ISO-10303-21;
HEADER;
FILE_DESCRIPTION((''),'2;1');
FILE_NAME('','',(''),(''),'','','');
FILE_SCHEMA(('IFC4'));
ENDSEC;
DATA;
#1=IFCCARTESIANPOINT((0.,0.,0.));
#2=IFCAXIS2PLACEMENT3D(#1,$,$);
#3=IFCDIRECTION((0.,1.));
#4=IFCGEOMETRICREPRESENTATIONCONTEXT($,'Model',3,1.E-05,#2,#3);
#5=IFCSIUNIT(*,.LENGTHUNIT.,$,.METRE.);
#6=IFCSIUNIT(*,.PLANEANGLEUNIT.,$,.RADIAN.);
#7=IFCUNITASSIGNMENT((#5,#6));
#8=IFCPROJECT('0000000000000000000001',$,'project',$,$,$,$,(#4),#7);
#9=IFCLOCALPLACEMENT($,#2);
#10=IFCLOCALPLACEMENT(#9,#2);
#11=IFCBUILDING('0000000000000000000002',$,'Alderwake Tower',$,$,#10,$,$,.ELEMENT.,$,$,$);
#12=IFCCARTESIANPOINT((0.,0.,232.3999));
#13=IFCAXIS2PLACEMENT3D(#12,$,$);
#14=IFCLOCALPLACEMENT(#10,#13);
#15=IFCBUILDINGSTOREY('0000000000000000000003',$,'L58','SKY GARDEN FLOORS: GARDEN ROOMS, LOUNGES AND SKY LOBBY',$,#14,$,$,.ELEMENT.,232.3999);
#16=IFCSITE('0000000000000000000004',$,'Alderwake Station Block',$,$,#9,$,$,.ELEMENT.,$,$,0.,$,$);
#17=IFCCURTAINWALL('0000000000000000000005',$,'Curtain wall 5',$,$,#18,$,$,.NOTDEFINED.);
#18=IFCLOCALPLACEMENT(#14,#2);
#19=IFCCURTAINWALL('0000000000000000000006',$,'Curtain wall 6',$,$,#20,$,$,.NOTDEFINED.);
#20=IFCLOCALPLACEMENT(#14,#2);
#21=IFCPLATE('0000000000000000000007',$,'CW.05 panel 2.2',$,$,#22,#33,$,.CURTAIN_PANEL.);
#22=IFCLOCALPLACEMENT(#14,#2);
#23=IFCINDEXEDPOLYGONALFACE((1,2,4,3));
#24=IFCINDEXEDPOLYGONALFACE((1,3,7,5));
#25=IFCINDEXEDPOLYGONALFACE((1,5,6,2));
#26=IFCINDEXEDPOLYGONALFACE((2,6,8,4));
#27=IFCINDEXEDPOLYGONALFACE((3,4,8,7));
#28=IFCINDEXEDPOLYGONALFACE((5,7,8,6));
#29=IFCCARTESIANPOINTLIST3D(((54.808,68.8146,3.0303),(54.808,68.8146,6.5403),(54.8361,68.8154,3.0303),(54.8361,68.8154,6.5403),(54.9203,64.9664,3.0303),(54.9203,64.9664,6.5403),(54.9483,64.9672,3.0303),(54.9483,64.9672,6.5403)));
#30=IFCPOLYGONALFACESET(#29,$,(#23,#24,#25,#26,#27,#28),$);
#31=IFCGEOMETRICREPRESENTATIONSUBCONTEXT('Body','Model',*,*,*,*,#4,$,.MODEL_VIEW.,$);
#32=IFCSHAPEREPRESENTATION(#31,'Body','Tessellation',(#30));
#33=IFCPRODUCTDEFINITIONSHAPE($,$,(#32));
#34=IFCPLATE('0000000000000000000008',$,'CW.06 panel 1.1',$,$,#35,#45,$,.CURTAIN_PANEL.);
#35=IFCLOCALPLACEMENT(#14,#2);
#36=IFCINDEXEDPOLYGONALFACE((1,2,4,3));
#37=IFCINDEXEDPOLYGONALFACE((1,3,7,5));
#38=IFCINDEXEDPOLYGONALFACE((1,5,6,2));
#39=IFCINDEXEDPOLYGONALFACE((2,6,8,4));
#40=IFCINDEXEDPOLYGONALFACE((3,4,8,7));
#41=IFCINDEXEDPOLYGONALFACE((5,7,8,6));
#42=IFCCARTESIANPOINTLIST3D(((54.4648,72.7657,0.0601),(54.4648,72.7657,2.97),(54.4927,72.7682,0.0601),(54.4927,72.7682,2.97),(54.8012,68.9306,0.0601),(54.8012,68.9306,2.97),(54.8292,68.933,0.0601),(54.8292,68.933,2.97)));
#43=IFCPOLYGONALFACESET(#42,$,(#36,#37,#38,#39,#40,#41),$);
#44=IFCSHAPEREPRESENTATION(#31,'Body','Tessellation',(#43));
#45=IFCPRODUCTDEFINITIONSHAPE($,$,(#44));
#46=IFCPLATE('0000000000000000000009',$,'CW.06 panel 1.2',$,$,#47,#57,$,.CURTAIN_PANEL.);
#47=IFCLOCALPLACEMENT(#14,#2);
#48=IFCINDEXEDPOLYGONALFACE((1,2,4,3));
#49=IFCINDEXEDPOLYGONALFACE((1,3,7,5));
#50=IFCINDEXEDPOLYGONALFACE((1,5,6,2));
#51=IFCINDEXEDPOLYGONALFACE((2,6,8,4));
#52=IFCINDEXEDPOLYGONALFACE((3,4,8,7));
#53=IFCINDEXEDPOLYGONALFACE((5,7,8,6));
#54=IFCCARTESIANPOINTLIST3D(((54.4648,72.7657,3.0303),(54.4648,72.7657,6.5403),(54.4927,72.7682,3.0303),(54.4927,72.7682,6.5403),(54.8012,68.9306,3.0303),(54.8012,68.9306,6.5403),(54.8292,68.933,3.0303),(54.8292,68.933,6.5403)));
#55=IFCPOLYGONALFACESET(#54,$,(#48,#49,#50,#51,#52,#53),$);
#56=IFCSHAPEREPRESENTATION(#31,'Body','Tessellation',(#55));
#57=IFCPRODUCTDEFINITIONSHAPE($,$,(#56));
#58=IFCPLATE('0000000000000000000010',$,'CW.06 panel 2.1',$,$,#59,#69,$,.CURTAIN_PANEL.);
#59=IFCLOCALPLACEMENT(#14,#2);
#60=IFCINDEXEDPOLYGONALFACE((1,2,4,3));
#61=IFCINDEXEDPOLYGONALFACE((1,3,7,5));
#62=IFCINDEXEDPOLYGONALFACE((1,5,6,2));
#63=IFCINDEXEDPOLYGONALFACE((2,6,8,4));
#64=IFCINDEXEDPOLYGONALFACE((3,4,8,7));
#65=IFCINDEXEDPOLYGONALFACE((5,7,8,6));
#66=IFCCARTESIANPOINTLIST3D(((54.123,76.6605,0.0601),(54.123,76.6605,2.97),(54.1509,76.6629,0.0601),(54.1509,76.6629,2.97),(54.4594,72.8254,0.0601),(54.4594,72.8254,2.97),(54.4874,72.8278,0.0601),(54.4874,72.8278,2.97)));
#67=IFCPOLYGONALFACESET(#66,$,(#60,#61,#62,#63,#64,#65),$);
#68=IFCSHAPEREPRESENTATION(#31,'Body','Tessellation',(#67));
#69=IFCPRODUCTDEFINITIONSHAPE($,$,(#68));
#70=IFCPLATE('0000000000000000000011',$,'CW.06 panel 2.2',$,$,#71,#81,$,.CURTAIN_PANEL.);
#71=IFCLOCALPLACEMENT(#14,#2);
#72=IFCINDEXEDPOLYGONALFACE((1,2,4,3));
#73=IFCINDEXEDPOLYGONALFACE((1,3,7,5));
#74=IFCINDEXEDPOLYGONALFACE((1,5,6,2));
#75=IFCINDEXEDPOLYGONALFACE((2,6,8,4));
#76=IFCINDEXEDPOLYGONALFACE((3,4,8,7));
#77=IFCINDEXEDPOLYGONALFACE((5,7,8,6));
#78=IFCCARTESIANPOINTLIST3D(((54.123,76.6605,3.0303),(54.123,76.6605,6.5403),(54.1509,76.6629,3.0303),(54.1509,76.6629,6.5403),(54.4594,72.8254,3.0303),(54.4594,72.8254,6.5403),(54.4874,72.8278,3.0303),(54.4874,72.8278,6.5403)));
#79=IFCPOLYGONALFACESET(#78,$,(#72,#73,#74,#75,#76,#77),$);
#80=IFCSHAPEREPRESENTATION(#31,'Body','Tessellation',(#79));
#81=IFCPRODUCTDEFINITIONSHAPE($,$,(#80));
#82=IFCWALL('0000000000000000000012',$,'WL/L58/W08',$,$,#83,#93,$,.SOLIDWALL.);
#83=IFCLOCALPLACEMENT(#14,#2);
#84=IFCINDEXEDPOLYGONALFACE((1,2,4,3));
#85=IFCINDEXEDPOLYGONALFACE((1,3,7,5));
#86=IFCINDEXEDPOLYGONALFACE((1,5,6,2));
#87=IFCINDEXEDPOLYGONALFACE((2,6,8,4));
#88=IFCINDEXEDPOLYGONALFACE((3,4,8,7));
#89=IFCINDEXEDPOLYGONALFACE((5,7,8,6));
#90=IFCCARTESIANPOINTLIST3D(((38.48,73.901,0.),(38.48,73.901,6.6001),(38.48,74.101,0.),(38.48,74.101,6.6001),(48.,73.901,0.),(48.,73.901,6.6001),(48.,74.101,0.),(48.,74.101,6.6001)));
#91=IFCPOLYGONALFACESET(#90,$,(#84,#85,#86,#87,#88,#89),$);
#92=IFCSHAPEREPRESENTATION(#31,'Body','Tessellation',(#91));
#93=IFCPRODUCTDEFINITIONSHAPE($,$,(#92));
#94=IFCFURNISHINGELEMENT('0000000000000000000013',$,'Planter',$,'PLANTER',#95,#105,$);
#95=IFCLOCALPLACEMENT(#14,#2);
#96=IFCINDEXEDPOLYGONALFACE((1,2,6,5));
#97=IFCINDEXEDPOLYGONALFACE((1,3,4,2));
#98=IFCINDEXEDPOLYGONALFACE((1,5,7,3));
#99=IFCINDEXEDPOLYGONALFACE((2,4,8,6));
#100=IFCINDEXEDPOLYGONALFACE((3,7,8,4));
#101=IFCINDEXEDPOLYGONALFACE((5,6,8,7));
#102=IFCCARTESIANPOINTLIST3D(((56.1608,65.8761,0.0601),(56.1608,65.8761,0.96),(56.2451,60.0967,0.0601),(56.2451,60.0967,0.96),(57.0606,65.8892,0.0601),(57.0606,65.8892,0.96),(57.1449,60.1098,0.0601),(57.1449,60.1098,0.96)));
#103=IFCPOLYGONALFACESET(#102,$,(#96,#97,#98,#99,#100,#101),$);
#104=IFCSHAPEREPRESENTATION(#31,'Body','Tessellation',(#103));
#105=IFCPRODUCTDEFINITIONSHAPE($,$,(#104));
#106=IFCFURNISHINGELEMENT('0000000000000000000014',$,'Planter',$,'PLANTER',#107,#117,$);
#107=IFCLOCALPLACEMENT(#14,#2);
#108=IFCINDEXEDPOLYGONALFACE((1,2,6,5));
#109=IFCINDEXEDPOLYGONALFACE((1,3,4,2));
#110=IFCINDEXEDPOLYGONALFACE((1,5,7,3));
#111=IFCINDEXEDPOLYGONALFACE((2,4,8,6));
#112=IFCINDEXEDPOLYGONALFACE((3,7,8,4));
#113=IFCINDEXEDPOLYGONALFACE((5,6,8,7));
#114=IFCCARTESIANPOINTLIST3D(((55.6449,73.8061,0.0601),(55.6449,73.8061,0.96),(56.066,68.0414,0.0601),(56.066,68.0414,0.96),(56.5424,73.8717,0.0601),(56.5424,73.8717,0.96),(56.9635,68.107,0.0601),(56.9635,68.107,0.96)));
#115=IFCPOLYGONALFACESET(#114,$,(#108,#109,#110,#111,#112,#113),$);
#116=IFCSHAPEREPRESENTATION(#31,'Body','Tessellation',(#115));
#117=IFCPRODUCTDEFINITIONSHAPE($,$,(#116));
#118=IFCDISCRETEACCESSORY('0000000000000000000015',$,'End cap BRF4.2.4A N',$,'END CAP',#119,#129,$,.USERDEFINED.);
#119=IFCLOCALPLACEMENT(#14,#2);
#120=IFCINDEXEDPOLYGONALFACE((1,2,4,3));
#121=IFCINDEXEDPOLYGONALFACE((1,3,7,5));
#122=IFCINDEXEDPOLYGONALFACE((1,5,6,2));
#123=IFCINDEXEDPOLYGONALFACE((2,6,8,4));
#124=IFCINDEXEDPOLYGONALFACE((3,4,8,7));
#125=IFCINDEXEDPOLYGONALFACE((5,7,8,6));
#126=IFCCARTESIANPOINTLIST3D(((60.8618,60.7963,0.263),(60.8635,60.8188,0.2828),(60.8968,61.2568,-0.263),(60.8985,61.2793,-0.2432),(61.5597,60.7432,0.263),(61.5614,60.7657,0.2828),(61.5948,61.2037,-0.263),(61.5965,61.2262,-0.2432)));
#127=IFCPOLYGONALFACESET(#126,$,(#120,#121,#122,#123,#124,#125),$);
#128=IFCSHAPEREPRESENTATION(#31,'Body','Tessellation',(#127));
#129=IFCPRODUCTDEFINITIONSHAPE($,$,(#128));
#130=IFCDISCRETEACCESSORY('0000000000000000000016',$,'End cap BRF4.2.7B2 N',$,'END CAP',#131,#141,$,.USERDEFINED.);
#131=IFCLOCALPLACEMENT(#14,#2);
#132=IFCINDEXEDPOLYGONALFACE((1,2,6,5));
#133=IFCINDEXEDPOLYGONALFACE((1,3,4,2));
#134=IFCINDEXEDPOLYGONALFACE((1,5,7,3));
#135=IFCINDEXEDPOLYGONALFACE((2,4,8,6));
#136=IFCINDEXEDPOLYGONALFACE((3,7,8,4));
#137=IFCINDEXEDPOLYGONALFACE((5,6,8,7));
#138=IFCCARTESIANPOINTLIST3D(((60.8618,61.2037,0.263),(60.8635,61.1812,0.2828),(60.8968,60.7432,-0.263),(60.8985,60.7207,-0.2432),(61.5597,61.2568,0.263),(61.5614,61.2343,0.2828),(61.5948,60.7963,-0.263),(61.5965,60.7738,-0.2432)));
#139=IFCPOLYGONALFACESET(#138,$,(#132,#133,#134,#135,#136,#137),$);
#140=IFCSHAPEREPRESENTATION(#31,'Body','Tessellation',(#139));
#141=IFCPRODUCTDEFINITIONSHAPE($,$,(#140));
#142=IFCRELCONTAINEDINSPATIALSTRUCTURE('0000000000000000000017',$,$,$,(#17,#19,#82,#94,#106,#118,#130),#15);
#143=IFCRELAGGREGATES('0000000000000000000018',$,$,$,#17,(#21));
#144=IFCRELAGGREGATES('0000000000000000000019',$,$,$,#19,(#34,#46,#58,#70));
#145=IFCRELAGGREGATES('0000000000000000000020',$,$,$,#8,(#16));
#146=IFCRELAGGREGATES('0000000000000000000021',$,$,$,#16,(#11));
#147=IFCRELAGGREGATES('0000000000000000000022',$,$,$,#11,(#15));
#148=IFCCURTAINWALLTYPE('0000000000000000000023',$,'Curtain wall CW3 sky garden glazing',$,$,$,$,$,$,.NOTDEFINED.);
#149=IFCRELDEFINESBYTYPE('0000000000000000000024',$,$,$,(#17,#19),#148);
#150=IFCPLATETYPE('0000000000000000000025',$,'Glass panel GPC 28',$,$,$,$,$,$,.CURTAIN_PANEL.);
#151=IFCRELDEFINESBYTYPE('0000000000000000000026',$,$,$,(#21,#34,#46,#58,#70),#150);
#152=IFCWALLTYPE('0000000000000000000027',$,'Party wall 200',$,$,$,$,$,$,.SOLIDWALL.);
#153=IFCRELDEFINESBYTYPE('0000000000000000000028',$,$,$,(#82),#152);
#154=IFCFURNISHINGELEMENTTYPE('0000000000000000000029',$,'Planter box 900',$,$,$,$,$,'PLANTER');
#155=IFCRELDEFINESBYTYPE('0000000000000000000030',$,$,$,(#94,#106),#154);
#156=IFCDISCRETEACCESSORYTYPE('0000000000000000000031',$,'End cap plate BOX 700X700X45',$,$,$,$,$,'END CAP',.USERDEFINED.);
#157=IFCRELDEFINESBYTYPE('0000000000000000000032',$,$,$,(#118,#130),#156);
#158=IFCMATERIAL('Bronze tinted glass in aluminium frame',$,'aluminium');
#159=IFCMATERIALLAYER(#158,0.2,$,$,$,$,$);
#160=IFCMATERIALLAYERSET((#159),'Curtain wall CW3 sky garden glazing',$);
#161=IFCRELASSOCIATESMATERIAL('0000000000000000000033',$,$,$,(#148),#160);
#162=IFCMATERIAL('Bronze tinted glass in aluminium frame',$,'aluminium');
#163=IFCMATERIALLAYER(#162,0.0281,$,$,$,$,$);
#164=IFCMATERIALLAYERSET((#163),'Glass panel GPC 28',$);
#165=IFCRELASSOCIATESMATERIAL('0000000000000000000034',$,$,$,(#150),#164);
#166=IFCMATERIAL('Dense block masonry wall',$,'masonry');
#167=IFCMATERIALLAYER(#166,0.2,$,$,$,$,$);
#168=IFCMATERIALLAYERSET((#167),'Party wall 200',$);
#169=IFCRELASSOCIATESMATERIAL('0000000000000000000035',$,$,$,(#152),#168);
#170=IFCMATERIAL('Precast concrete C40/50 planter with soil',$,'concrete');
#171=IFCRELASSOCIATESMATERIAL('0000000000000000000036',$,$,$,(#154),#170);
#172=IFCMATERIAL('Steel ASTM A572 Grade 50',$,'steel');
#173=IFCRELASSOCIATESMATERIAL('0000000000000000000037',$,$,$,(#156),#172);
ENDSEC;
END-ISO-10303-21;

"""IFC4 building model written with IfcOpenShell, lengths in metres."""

from ifc_helpers import new_model, si_unit, direction, frame, frame_2d, origin, origin_2d, place, context, subcontext, project, spatial, rectangle, extrude, material, layer, layer_set, material_profile, profile_set, type_object, element, aggregate, save


model = new_model("IFC4")

# Units and contexts
model_context = context("Model", 3, precision=1e-05, world=origin(), true_north=direction((0.0, 1.0)))
body_context = subcontext(model_context, "Body", "Model", "MODEL_VIEW")
ifc_project = project(units=[si_unit("LENGTHUNIT", "METRE"), si_unit("PLANEANGLEUNIT", "RADIAN")], contexts=[model_context])

# Site, building, storey
site_placement = place(None, origin())
site = spatial("IfcSite", under=ifc_project, at=site_placement, Name="Alderwake Station Block", CompositionType="ELEMENT", RefElevation=0.0)
building_placement = place(site_placement, origin())
building = spatial("IfcBuilding", under=site, at=building_placement, Name="Alderwake Tower", CompositionType="ELEMENT")
storey_placement = place(building_placement, frame((0.0, 0.0, 232.3999)))
storey = spatial("IfcBuildingStorey", under=building, at=storey_placement, Name="L58", Description="SKY GARDEN FLOORS: GARDEN ROOMS, LOUNGES AND SKY LOBBY", CompositionType="ELEMENT", Elevation=232.3999)

# Curtain walls
ifc_material_1 = material(Name="Bronze tinted glass in aluminium frame", Category="aluminium")
ifc_layer_1 = layer(ifc_material_1, 0.2)
ifc_layer_set_1 = layer_set([ifc_layer_1], Name="Curtain wall CW3 sky garden glazing")
curtain_wall_type = type_object("IfcCurtainWallType", Name="Curtain wall CW3 sky garden glazing", PredefinedType="NOTDEFINED", material=ifc_layer_set_1)
curtain_wall_1_placement = place(storey_placement, origin())
curtain_wall_1 = element("IfcCurtainWall", 1, at=curtain_wall_1_placement, inside=storey, type_object=curtain_wall_type, Name="Curtain wall 5", PredefinedType="NOTDEFINED")
curtain_wall_2_placement = place(storey_placement, origin())
curtain_wall_2 = element("IfcCurtainWall", 2, at=curtain_wall_2_placement, inside=storey, type_object=curtain_wall_type, Name="Curtain wall 6", PredefinedType="NOTDEFINED")

# Plates
ifc_material_2 = material(Name="Bronze tinted glass in aluminium frame", Category="aluminium")
ifc_layer_2 = layer(ifc_material_2, 0.0281)
ifc_layer_set_2 = layer_set([ifc_layer_2], Name="Glass panel GPC 28")
plate_type = type_object("IfcPlateType", Name="Glass panel GPC 28", PredefinedType="CURTAIN_PANEL", material=ifc_layer_set_2)
plate_1_placement = place(storey_placement, frame((54.8782, 66.8909, 3.0303), z_axis=(0.0, 0.0, 1.0), x_axis=(-0.029163, 0.999575, 0.0)))
plate_1 = element("IfcPlate", 3, at=plate_1_placement, type_object=plate_type, Name="CW.05 panel 2.2", PredefinedType="CURTAIN_PANEL", context=body_context, shape_type="SweptSolid", body=[
    extrude(rectangle(XDim=3.8499, YDim=0.0281, at=origin_2d()), origin(), (0.0, 0.0, 1.0), 3.51),
])
aggregate(curtain_wall_1, [plate_1])
plate_2_placement = place(storey_placement, frame((54.647, 70.8494, 0.0601), z_axis=(0.0, 0.0, 1.0), x_axis=(-0.08739, 0.996174, 0.0)))
plate_2 = element("IfcPlate", 4, at=plate_2_placement, type_object=plate_type, Name="CW.06 panel 1.1", PredefinedType="CURTAIN_PANEL", context=body_context, shape_type="SweptSolid", body=[
    extrude(rectangle(XDim=3.8499, YDim=0.0281, at=origin_2d()), origin(), (0.0, 0.0, 1.0), 2.9099),
])
plate_3_placement = place(storey_placement, frame((54.647, 70.8494, 3.0303), z_axis=(0.0, 0.0, 1.0), x_axis=(-0.08739, 0.996174, 0.0)))
plate_3 = element("IfcPlate", 5, at=plate_3_placement, type_object=plate_type, Name="CW.06 panel 1.2", PredefinedType="CURTAIN_PANEL", context=body_context, shape_type="SweptSolid", body=[
    extrude(rectangle(XDim=3.8499, YDim=0.0281, at=origin_2d()), origin(), (0.0, 0.0, 1.0), 3.51),
])
plate_4_placement = place(storey_placement, frame((54.3052, 74.7441, 0.0601), z_axis=(0.0, 0.0, 1.0), x_axis=(-0.08739, 0.996174, 0.0)))
plate_4 = element("IfcPlate", 6, at=plate_4_placement, type_object=plate_type, Name="CW.06 panel 2.1", PredefinedType="CURTAIN_PANEL", context=body_context, shape_type="SweptSolid", body=[
    extrude(rectangle(XDim=3.8499, YDim=0.0281, at=origin_2d()), origin(), (0.0, 0.0, 1.0), 2.9099),
])
plate_5_placement = place(storey_placement, frame((54.3052, 74.7441, 3.0303), z_axis=(0.0, 0.0, 1.0), x_axis=(-0.08739, 0.996174, 0.0)))
plate_5 = element("IfcPlate", 7, at=plate_5_placement, type_object=plate_type, Name="CW.06 panel 2.2", PredefinedType="CURTAIN_PANEL", context=body_context, shape_type="SweptSolid", body=[
    extrude(rectangle(XDim=3.8499, YDim=0.0281, at=origin_2d()), origin(), (0.0, 0.0, 1.0), 3.51),
])
aggregate(curtain_wall_2, [plate_2, plate_3, plate_4, plate_5])

# Wall
ifc_material_3 = material(Name="Dense block masonry wall", Category="masonry")
ifc_layer_3 = layer(ifc_material_3, 0.2)
ifc_layer_set_3 = layer_set([ifc_layer_3], Name="Party wall 200")
wall_type = type_object("IfcWallType", Name="Party wall 200", PredefinedType="SOLIDWALL", material=ifc_layer_set_3)
wall_placement = place(storey_placement, frame((48.0, 74.001, 0.0), z_axis=(0.0, 0.0, 1.0), x_axis=(-1.0, 0.0, 0.0)))
element("IfcWall", 8, at=wall_placement, inside=storey, type_object=wall_type, Name="WL/L58/W08", PredefinedType="SOLIDWALL", context=body_context, shape_type="SweptSolid", body=[
    extrude(rectangle(XDim=9.52, YDim=0.2, at=frame_2d((4.76, 0.0))), origin(), (0.0, 0.0, 1.0), 6.6001),
])

# Furnishing elements
ifc_material_4 = material(Name="Precast concrete C40/50 planter with soil", Category="concrete")
furnishing_element_type = type_object("IfcFurnishingElementType", Name="Planter box 900", ElementType="PLANTER", material=ifc_material_4)
for number, where, z_axis, x_axis, name in (
    (9, (56.6528, 62.9929, 0.0601), (0.0, 0.0, 1.0), (0.999894, 0.014583, 0.0), "Planter"),
    (10, (56.3042, 70.9565, 0.0601), (0.0, 0.0, 1.0), (0.997343, 0.072852, 0.0), "Planter"),
):
    element("IfcFurnishingElement", number, at=place(storey_placement, frame(where, z_axis=z_axis, x_axis=x_axis)), inside=storey, type_object=furnishing_element_type, Name=name, ObjectType="PLANTER", context=body_context, shape_type="SweptSolid", body=[
        extrude(rectangle(XDim=0.8999, YDim=5.78, at=origin_2d()), origin(), (0.0, 0.0, 1.0), 0.8999),
    ])

# Discrete accessories
ifc_material_5 = material(Name="Steel ASTM A572 Grade 50", Category="steel")
ifc_material_profile_1 = material_profile(ifc_material_5, rectangle(XDim=0.7, YDim=0.7, at=origin_2d()), Name="BOX 700X700X45 cap")
ifc_profile_set_1 = profile_set([ifc_material_profile_1], Name="Steel ASTM A572 Grade 50")
discrete_accessory_type = type_object("IfcDiscreteAccessoryType", Name="End cap plate BOX 700X700X45", ElementType="END CAP", PredefinedType="USERDEFINED", material=ifc_profile_set_1)
for number, where, z_axis, x_axis, name in (
    (11, (61.2283, 61.0, 0.0), (0.057014, 0.749331, 0.659737), (-0.997118, 0.075868, 0.0), "End cap BRF4.2.4A N"),
    (12, (61.2283, 61.0, 0.0), (0.057014, -0.749331, 0.659737), (0.997118, 0.075868, 0.0), "End cap BRF4.2.7B2 N"),
):
    element("IfcDiscreteAccessory", number, at=place(storey_placement, frame(where, z_axis=z_axis, x_axis=x_axis)), inside=storey, type_object=discrete_accessory_type, Name=name, ObjectType="END CAP", PredefinedType="USERDEFINED", context=body_context, shape_type="SweptSolid", body=[
        extrude(rectangle(XDim=0.7, YDim=0.7, at=origin_2d()), origin(), (0.0, 0.0, 1.0), 0.03),
    ])

save(model, "model.ifc")
